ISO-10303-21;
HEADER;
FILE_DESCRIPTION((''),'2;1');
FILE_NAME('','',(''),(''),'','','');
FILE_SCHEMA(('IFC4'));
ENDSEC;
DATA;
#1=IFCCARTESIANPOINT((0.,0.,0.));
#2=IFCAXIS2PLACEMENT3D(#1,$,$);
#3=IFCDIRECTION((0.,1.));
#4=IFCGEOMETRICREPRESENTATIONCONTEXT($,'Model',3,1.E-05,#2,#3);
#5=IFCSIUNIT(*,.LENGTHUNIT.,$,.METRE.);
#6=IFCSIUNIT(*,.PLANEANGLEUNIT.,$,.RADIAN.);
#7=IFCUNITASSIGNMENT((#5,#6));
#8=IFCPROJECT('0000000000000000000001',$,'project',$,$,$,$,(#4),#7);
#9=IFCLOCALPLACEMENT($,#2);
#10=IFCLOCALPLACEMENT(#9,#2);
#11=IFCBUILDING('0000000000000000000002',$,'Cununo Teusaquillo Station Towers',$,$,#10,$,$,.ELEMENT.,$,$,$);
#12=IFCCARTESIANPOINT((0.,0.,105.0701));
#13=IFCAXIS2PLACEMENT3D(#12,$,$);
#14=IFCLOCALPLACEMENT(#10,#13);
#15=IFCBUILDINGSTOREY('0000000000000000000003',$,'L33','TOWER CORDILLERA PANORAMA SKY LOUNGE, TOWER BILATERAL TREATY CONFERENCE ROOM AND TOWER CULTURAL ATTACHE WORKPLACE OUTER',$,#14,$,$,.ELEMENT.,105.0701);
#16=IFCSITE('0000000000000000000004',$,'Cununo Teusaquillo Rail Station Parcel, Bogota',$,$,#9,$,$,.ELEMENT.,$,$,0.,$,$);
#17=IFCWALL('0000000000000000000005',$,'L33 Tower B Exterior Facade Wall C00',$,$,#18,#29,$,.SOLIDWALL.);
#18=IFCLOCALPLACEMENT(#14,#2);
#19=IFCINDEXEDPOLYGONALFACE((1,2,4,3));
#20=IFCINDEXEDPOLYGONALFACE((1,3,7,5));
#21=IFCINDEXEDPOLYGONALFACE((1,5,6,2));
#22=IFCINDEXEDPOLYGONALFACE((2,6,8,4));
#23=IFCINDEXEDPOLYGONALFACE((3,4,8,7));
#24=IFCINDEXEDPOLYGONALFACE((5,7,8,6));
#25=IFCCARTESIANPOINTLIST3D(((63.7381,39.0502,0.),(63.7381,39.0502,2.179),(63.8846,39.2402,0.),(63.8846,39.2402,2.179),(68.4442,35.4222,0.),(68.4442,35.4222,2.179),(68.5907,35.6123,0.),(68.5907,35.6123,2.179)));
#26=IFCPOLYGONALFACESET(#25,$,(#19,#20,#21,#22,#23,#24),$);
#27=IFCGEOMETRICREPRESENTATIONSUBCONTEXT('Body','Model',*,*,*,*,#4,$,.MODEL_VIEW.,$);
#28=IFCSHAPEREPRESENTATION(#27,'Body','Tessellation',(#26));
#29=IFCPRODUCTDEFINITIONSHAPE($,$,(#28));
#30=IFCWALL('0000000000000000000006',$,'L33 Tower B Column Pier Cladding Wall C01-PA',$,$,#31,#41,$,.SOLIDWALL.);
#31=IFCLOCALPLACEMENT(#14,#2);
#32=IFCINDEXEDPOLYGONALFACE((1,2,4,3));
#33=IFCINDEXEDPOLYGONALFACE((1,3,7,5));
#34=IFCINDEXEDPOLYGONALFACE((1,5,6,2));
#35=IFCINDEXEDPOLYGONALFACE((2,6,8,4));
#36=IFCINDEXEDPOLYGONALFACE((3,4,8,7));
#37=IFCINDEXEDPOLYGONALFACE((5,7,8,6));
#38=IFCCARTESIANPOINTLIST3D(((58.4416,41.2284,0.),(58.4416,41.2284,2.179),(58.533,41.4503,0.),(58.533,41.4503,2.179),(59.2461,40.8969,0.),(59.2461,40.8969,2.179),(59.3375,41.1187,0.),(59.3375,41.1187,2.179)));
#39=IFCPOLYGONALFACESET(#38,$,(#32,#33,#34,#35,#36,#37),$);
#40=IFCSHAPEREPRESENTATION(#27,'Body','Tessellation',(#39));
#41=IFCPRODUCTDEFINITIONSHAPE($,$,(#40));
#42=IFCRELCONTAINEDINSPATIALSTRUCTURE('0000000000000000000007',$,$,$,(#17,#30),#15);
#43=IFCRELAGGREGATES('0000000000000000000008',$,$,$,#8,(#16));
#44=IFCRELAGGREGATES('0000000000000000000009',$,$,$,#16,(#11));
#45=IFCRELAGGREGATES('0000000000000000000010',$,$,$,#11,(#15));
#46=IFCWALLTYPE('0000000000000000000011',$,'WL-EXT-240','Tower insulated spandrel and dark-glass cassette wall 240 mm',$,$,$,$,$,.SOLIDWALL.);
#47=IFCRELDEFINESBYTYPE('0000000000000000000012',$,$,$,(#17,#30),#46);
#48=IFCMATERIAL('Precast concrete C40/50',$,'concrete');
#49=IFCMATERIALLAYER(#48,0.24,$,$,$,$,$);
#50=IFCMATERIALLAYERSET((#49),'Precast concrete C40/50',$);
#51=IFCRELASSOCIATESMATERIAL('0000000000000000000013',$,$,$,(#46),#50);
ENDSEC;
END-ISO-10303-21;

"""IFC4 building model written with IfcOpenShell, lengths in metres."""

from ifc_helpers import new_model, si_unit, direction, frame, frame_2d, origin, place, context, subcontext, project, spatial, rectangle, extrude, material, layer, layer_set, type_object, element, save


model = new_model("IFC4")

# Units and contexts
model_context = context("Model", 3, precision=1e-05, world=origin(), true_north=direction((0.0, 1.0)))
body_context = subcontext(model_context, "Body", "Model", "MODEL_VIEW")
ifc_project = project(units=[si_unit("LENGTHUNIT", "METRE"), si_unit("PLANEANGLEUNIT", "RADIAN")], contexts=[model_context])

# Site, building, storey
site_placement = place(None, origin())
site = spatial("IfcSite", under=ifc_project, at=site_placement, Name="Cununo Teusaquillo Rail Station Parcel, Bogota", CompositionType="ELEMENT", RefElevation=0.0)
building_placement = place(site_placement, origin())
building = spatial("IfcBuilding", under=site, at=building_placement, Name="Cununo Teusaquillo Station Towers", CompositionType="ELEMENT")
storey_placement = place(building_placement, frame((0.0, 0.0, 105.0701)))
storey = spatial("IfcBuildingStorey", under=building, at=storey_placement, Name="L33", Description="TOWER CORDILLERA PANORAMA SKY LOUNGE, TOWER BILATERAL TREATY CONFERENCE ROOM AND TOWER CULTURAL ATTACHE WORKPLACE OUTER", CompositionType="ELEMENT", Elevation=105.0701)

# Walls
ifc_material_1 = material(Name="Precast concrete C40/50", Category="concrete")
ifc_layer_1 = layer(ifc_material_1, 0.24)
ifc_layer_set_1 = layer_set([ifc_layer_1], Name="Precast concrete C40/50")
wall_type = type_object("IfcWallType", Name="WL-EXT-240", Description="Tower insulated spandrel and dark-glass cassette wall 240 mm", PredefinedType="SOLIDWALL", material=ifc_layer_set_1)
wall_1_placement = place(storey_placement, frame((63.8113, 39.1453, 0.0), z_axis=(0.0, 0.0, 1.0), x_axis=(0.791982, -0.610544, 0.0)))
element("IfcWall", 1, at=wall_1_placement, inside=storey, type_object=wall_type, Name="L33 Tower B Exterior Facade Wall C00", PredefinedType="SOLIDWALL", context=body_context, shape_type="SweptSolid", body=[
    extrude(rectangle(XDim=5.9421, YDim=0.24, at=frame_2d((2.9712, 0.0))), origin(), (0.0, 0.0, 1.0), 2.179),
])
wall_2_placement = place(storey_placement, frame((58.4873, 41.3394, 0.0), z_axis=(0.0, 0.0, 1.0), x_axis=(0.924556, -0.381046, 0.0)))
element("IfcWall", 2, at=wall_2_placement, inside=storey, type_object=wall_type, Name="L33 Tower B Column Pier Cladding Wall C01-PA", PredefinedType="SOLIDWALL", context=body_context, shape_type="SweptSolid", body=[
    extrude(rectangle(XDim=0.8701, YDim=0.24, at=frame_2d((0.4351, 0.0))), origin(), (0.0, 0.0, 1.0), 2.179),
])

save(model, "model.ifc")
